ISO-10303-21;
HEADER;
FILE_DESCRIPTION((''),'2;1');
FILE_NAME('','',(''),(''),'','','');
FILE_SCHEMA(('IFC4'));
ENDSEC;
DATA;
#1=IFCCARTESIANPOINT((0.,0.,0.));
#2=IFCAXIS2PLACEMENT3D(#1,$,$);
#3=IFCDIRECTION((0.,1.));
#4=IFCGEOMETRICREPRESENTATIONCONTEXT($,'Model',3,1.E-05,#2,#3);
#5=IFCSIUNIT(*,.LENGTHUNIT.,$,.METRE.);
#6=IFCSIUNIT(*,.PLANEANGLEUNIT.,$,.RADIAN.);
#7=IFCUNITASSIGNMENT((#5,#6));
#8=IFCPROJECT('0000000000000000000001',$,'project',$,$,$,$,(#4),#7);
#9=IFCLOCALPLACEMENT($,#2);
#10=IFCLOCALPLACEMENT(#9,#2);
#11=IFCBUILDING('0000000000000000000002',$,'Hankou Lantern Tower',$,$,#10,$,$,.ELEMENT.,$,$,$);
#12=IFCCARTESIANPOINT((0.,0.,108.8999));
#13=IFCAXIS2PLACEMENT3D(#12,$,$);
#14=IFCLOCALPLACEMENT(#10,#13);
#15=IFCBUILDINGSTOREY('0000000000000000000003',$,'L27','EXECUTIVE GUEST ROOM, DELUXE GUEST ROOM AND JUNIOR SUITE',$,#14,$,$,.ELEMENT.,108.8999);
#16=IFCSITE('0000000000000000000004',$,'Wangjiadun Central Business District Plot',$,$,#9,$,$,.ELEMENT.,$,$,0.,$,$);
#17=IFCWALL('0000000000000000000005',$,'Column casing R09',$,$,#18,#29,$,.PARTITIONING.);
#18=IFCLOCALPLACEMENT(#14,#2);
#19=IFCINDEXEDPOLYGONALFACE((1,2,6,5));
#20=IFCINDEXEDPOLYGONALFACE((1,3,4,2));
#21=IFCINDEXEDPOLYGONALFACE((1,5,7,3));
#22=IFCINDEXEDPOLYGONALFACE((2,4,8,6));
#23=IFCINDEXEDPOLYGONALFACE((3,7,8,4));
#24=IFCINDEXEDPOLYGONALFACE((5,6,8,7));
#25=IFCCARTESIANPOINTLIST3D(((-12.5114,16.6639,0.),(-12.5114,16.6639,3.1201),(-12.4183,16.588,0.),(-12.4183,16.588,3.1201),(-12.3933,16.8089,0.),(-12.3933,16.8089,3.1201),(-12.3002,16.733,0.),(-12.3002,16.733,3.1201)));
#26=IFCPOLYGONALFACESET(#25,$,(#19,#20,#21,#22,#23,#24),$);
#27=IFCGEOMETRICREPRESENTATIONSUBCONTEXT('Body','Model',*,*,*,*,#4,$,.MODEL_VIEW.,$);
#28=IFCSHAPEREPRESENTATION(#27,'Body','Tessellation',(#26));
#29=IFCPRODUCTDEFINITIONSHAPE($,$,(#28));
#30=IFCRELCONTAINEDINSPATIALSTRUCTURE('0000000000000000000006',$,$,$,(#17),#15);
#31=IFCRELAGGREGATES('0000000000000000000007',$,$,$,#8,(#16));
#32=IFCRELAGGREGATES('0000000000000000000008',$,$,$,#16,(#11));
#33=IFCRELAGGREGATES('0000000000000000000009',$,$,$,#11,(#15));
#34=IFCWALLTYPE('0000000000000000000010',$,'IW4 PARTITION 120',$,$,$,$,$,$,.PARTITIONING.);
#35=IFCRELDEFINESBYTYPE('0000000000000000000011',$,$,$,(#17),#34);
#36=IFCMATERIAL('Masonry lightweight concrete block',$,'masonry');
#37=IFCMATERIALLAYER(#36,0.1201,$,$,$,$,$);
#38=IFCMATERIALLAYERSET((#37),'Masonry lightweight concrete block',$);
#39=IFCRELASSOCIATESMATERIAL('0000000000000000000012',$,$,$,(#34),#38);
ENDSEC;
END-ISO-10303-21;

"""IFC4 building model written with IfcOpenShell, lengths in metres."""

from ifc_helpers import new_model, si_unit, direction, frame, frame_2d, origin, place, context, subcontext, project, spatial, rectangle, extrude, material, layer, layer_set, type_object, element, save


model = new_model("IFC4")

# Units and contexts
model_context = context("Model", 3, precision=1e-05, world=origin(), true_north=direction((0.0, 1.0)))
body_context = subcontext(model_context, "Body", "Model", "MODEL_VIEW")
ifc_project = project(units=[si_unit("LENGTHUNIT", "METRE"), si_unit("PLANEANGLEUNIT", "RADIAN")], contexts=[model_context])

# Site, building, storey
site_placement = place(None, origin())
site = spatial("IfcSite", under=ifc_project, at=site_placement, Name="Wangjiadun Central Business District Plot", CompositionType="ELEMENT", RefElevation=0.0)
building_placement = place(site_placement, origin())
building = spatial("IfcBuilding", under=site, at=building_placement, Name="Hankou Lantern Tower", CompositionType="ELEMENT")
storey_placement = place(building_placement, frame((0.0, 0.0, 108.8999)))
storey = spatial("IfcBuildingStorey", under=building, at=storey_placement, Name="L27", Description="EXECUTIVE GUEST ROOM, DELUXE GUEST ROOM AND JUNIOR SUITE", CompositionType="ELEMENT", Elevation=108.8999)

# Wall
ifc_material_1 = material(Name="Masonry lightweight concrete block", Category="masonry")
ifc_layer_1 = layer(ifc_material_1, 0.1201)
ifc_layer_set_1 = layer_set([ifc_layer_1], Name="Masonry lightweight concrete block")
wall_type_1 = type_object("IfcWallType", Name="IW4 PARTITION 120", PredefinedType="PARTITIONING", material=ifc_layer_set_1)
wall_1_placement = place(storey_placement, frame((-12.4648, 16.626, 0.0), z_axis=(0.0, 0.0, 1.0), x_axis=(0.631673, 0.775235, 0.0)))
element("IfcWall", 1, at=wall_1_placement, inside=storey, type_object=wall_type_1, Name="Column casing R09", PredefinedType="PARTITIONING", context=body_context, shape_type="SweptSolid", body=[
    extrude(rectangle(XDim=0.187, YDim=0.1201, at=frame_2d((0.0935, 0.0))), origin(), (0.0, 0.0, 1.0), 3.1201),
])

save(model, "model.ifc")
